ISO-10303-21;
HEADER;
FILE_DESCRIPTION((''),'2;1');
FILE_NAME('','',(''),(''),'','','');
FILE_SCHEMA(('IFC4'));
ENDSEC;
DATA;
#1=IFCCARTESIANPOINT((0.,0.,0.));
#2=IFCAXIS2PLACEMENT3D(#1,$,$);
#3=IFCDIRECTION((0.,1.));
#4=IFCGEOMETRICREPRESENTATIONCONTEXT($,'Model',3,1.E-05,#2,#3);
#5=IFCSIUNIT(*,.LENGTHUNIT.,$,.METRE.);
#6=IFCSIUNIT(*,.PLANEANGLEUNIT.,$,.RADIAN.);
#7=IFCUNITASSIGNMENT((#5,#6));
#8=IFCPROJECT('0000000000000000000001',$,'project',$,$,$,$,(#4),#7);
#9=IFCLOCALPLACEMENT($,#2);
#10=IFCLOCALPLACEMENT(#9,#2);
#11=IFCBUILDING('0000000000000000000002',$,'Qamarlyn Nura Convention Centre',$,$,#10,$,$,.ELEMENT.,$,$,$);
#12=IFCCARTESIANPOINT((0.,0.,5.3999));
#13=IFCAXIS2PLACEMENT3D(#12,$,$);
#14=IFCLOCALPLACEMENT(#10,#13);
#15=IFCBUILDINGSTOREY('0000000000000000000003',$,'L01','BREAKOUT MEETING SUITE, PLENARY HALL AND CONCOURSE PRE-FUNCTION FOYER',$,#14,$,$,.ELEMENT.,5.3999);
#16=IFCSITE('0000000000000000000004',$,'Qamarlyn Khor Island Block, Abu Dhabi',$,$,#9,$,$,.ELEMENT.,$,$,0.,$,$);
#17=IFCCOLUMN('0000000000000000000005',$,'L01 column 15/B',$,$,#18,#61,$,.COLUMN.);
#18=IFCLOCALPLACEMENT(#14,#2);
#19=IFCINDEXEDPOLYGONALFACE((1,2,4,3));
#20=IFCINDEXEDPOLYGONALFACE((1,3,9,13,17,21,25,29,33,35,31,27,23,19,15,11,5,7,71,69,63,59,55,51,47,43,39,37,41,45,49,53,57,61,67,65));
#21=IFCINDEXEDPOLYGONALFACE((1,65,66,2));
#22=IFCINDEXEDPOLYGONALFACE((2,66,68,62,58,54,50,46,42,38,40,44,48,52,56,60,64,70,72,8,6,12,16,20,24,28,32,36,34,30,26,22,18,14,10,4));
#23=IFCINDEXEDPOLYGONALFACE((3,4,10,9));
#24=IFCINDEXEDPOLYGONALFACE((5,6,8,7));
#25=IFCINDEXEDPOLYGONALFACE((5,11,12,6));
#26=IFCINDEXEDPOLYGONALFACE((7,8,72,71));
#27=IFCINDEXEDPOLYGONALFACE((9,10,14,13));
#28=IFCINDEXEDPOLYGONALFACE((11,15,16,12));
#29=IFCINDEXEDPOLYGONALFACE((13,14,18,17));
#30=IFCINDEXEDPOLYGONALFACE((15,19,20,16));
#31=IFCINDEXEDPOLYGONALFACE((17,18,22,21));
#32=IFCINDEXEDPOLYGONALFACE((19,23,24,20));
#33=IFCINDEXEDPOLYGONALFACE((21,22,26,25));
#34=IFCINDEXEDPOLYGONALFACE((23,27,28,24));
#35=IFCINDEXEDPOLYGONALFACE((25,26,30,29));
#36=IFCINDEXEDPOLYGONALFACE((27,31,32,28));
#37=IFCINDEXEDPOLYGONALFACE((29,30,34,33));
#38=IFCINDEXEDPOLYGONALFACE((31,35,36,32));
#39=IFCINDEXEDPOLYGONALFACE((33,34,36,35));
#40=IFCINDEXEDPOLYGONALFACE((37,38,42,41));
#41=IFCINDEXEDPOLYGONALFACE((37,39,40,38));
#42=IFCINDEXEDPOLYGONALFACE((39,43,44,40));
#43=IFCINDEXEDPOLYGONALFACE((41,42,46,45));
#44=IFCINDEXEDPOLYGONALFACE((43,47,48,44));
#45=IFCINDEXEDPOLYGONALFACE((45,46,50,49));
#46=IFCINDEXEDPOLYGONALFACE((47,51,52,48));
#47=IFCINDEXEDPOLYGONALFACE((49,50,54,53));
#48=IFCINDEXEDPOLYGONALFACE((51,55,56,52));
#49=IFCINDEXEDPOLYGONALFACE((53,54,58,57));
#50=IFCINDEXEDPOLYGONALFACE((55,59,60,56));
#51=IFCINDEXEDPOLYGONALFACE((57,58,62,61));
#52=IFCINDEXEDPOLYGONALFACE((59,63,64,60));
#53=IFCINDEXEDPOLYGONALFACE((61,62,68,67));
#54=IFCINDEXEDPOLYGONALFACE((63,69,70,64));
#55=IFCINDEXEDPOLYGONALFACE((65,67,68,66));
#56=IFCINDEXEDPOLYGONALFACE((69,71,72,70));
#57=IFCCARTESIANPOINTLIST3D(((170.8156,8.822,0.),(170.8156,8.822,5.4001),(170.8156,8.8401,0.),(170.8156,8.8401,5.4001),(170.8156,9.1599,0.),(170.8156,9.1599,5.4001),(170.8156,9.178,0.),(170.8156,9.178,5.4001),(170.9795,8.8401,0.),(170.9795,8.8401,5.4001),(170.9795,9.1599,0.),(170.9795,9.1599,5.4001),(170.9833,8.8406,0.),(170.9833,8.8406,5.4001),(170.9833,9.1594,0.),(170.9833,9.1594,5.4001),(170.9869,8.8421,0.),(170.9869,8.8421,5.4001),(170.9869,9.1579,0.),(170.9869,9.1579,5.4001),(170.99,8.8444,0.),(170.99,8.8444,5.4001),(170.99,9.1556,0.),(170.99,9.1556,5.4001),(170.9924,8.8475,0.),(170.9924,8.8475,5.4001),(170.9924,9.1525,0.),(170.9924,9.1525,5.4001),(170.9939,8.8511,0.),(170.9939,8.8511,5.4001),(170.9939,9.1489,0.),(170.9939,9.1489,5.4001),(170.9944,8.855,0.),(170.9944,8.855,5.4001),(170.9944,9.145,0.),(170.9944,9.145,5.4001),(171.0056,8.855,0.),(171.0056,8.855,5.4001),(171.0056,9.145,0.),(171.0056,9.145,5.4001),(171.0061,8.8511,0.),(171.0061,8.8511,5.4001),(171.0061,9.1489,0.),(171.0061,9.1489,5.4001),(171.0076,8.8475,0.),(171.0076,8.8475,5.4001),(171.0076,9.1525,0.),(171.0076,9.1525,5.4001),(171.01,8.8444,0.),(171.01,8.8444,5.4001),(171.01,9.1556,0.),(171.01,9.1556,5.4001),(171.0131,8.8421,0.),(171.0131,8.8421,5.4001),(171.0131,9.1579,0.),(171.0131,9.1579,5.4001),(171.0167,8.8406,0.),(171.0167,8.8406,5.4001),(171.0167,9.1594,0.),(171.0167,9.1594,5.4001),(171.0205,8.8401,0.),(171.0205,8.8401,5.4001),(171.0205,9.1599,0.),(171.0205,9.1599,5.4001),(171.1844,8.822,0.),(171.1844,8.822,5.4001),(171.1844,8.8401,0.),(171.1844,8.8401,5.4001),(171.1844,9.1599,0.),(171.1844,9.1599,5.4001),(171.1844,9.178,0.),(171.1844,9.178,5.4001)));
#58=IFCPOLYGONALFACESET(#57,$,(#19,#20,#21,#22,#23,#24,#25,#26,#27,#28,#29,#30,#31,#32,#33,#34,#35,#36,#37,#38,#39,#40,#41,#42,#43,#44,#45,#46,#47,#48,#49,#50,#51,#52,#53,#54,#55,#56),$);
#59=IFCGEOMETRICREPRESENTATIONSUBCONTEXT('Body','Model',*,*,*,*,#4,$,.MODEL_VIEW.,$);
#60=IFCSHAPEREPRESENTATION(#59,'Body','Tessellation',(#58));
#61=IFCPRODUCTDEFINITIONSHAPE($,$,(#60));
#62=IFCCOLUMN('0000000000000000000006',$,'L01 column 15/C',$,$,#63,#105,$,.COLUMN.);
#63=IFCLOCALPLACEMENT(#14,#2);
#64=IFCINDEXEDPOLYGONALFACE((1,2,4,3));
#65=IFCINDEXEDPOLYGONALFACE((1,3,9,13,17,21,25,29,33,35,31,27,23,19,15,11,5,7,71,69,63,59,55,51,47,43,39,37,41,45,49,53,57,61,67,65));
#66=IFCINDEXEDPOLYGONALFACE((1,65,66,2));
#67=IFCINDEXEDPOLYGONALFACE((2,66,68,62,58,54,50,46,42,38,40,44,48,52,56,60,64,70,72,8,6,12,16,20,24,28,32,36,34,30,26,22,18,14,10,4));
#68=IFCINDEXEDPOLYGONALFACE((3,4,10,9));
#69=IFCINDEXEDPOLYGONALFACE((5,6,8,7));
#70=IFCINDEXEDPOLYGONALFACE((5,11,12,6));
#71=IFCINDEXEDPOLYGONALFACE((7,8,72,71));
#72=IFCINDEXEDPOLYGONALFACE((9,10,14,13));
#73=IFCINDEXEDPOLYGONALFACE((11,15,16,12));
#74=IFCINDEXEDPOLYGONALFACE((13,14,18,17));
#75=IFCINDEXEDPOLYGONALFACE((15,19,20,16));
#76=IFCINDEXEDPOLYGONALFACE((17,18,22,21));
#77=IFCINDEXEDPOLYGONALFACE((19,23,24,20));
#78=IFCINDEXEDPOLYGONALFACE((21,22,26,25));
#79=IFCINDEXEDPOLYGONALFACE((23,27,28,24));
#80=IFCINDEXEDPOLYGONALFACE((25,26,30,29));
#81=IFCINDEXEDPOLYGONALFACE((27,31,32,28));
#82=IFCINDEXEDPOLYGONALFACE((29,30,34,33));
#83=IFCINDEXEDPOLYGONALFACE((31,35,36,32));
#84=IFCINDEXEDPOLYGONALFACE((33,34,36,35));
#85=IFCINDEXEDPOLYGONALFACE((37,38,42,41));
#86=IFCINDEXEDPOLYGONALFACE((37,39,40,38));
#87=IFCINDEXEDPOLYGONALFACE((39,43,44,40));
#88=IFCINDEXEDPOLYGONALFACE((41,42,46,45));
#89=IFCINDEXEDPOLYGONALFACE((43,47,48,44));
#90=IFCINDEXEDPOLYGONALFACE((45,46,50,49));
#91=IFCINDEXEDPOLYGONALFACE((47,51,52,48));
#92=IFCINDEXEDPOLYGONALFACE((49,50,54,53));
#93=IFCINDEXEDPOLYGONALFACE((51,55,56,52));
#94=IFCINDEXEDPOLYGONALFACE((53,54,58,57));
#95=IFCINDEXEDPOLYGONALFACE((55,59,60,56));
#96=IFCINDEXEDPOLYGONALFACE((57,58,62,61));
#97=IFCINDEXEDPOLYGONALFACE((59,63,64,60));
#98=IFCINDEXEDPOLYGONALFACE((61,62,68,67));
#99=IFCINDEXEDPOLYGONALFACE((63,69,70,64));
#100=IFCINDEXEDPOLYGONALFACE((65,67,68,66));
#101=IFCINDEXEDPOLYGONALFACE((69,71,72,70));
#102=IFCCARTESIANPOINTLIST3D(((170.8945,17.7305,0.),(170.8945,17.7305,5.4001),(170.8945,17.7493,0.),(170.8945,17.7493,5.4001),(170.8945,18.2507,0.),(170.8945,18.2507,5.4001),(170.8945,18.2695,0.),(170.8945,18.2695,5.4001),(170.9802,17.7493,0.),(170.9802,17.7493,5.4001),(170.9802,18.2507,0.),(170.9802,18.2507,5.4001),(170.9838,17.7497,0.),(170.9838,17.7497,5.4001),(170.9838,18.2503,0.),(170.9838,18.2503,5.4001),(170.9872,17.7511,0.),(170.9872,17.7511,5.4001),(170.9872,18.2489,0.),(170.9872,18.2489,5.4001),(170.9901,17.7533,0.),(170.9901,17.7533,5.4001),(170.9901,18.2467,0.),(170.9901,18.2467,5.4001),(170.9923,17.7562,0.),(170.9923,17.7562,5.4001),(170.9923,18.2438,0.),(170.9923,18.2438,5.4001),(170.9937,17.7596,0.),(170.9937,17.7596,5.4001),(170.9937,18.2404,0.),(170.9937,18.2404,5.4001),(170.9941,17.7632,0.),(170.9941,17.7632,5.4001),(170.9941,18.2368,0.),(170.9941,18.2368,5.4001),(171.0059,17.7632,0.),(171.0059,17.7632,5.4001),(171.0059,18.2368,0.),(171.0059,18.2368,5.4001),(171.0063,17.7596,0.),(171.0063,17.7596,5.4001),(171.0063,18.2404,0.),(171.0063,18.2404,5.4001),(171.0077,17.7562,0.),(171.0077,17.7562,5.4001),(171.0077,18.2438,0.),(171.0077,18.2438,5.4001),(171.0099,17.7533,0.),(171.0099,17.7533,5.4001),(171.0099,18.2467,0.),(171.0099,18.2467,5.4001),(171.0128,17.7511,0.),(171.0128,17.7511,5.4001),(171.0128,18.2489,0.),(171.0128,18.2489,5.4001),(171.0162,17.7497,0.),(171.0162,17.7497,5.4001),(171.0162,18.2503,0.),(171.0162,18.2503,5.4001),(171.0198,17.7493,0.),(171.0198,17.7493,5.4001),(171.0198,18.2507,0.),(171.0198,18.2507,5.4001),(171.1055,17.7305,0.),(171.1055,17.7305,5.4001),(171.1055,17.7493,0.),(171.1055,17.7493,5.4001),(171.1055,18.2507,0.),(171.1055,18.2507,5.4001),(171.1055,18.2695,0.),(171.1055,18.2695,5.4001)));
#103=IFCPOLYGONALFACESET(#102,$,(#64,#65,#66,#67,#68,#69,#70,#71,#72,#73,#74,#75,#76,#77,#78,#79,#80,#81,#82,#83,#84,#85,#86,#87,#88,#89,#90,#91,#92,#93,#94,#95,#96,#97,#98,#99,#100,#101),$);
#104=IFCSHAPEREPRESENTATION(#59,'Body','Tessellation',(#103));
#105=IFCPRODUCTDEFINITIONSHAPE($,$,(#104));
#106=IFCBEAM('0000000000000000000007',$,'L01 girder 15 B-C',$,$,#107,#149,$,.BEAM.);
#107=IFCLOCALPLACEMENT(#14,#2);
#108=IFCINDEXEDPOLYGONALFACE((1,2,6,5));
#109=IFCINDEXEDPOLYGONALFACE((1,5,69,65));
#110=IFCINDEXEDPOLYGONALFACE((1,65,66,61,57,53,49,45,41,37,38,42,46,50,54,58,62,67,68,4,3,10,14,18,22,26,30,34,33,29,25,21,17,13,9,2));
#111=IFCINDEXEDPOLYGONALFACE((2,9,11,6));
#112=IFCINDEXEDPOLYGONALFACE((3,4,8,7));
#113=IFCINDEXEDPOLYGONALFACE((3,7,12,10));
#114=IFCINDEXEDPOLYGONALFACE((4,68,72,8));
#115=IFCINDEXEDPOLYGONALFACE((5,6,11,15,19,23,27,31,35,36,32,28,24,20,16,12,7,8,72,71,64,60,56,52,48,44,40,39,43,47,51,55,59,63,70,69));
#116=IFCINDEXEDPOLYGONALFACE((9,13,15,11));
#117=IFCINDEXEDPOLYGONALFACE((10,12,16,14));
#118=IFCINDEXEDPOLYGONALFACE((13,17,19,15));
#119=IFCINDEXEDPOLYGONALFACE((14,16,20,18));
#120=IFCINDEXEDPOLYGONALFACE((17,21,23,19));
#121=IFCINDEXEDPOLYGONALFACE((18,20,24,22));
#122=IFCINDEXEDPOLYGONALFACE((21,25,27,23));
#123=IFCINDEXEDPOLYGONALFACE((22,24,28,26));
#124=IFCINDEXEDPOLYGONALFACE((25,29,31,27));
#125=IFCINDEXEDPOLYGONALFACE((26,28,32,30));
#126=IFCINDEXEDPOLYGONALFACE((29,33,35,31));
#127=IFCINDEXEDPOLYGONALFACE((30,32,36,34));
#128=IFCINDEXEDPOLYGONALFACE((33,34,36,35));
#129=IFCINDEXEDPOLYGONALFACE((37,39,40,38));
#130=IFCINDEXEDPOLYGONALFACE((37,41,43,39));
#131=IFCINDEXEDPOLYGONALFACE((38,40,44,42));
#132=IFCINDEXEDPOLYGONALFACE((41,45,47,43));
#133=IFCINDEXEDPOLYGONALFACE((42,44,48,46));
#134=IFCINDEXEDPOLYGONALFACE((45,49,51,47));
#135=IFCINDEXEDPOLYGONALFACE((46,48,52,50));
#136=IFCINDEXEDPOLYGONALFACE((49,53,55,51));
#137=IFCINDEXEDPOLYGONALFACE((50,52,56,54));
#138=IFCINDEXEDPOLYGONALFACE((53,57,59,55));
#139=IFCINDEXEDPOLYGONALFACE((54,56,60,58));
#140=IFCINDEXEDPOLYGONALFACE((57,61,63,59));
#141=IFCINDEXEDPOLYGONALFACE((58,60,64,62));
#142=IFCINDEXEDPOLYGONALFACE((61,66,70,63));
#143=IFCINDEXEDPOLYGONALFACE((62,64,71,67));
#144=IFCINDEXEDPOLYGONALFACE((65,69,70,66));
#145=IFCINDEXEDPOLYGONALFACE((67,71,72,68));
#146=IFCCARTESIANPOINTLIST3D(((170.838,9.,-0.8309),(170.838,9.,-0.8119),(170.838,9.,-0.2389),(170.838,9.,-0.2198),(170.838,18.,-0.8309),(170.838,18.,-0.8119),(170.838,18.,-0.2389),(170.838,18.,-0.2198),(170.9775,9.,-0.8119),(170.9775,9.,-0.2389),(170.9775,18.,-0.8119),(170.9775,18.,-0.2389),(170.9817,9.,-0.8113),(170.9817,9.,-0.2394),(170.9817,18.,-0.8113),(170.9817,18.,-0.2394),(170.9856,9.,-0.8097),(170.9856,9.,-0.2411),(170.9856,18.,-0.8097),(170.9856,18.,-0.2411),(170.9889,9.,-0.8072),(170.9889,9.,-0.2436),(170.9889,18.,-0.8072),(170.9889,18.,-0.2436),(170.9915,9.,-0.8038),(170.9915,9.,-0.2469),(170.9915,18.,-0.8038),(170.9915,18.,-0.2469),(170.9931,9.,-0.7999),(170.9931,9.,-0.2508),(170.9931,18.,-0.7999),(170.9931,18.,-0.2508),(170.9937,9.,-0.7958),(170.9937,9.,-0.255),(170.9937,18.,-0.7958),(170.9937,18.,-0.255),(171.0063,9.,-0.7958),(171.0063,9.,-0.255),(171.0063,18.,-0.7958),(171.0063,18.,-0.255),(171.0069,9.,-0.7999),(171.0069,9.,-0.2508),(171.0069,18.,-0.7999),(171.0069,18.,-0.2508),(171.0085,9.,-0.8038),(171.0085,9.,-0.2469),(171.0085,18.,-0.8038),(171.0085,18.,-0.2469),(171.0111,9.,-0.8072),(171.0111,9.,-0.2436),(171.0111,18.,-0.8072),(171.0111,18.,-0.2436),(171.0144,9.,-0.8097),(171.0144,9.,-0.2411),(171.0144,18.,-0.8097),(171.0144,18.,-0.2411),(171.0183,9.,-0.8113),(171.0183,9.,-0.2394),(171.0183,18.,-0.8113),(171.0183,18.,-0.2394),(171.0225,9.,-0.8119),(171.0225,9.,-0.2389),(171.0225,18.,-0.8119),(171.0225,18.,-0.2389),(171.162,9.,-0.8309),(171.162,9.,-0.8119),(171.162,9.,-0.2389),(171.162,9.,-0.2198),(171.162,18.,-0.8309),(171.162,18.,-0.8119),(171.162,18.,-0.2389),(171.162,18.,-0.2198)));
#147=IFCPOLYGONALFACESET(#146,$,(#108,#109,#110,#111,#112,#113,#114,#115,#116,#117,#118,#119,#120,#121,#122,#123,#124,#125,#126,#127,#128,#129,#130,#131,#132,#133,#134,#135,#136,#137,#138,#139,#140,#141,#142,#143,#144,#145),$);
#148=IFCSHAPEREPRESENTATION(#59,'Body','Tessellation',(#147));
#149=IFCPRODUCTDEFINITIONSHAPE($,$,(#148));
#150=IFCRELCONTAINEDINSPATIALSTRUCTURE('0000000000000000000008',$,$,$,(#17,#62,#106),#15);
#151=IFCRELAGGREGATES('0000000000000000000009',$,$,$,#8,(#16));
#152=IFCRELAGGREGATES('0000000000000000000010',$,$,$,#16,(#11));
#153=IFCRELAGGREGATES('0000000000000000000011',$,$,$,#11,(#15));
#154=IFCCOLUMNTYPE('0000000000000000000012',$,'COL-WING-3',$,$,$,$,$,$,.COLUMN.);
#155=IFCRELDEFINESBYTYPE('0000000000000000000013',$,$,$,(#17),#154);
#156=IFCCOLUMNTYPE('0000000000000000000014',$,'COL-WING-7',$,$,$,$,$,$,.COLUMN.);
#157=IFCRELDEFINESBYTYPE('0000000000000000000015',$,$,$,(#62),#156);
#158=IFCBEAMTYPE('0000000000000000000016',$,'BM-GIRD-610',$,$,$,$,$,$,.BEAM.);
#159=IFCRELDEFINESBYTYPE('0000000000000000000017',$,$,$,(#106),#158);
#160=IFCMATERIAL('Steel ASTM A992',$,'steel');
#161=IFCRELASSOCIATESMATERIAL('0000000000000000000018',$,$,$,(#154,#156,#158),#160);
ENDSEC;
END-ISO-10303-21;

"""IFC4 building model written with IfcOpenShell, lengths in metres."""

from ifc_helpers import new_model, si_unit, direction, frame, origin, origin_2d, place, context, subcontext, project, spatial, i_section, extrude, material, material_profile, profile_set, type_object, element, save


model = new_model("IFC4")

# Units and contexts
model_context = context("Model", 3, precision=1e-05, world=origin(), true_north=direction((0.0, 1.0)))
body_context = subcontext(model_context, "Body", "Model", "MODEL_VIEW")
ifc_project = project(units=[si_unit("LENGTHUNIT", "METRE"), si_unit("PLANEANGLEUNIT", "RADIAN")], contexts=[model_context])

# Site, building, storey
site_placement = place(None, origin())
site = spatial("IfcSite", under=ifc_project, at=site_placement, Name="Qamarlyn Khor Island Block, Abu Dhabi", CompositionType="ELEMENT", RefElevation=0.0)
building_placement = place(site_placement, origin())
building = spatial("IfcBuilding", under=site, at=building_placement, Name="Qamarlyn Nura Convention Centre", CompositionType="ELEMENT")
storey_placement = place(building_placement, frame((0.0, 0.0, 5.3999)))
storey = spatial("IfcBuildingStorey", under=building, at=storey_placement, Name="L01", Description="BREAKOUT MEETING SUITE, PLENARY HALL AND CONCOURSE PRE-FUNCTION FOYER", CompositionType="ELEMENT", Elevation=5.3999)

# Columns
ifc_material_1 = material(Name="Steel ASTM A992", Category="steel")
ifc_material_profile_1 = material_profile(ifc_material_1, i_section(OverallWidth=0.3689, OverallDepth=0.356, WebThickness=0.0112, FlangeThickness=0.0181, FilletRadius=0.0149, at=origin_2d()), Name="W360X134")
ifc_profile_set_1 = profile_set([ifc_material_profile_1], Name="Steel ASTM A992")
column_type_1 = type_object("IfcColumnType", Name="COL-WING-3", PredefinedType="COLUMN", material=ifc_profile_set_1)
column_1_placement = place(storey_placement, frame((171.0, 9.0, 0.0), z_axis=(0.0, 0.0, 1.0), x_axis=(1.0, 0.0, 0.0)))
element("IfcColumn", 1, at=column_1_placement, inside=storey, type_object=column_type_1, Name="L01 column 15/B", PredefinedType="COLUMN", context=body_context, shape_type="SweptSolid", body=[
    extrude(i_section(OverallWidth=0.3689, OverallDepth=0.356, WebThickness=0.0112, FlangeThickness=0.0181, FilletRadius=0.0149, at=origin_2d()), origin(), (0.0, 0.0, 1.0), 5.4001),
])
ifc_material_profile_2 = material_profile(ifc_material_1, i_section(OverallWidth=0.2109, OverallDepth=0.5391, WebThickness=0.0117, FlangeThickness=0.0188, FilletRadius=0.0139, at=origin_2d()), Name="W530X109")
ifc_profile_set_2 = profile_set([ifc_material_profile_2], Name="Steel ASTM A992")
column_type_2 = type_object("IfcColumnType", Name="COL-WING-7", PredefinedType="COLUMN", material=ifc_profile_set_2)
column_2_placement = place(storey_placement, frame((171.0, 18.0, 0.0), z_axis=(0.0, 0.0, 1.0), x_axis=(1.0, 0.0, 0.0)))
element("IfcColumn", 2, at=column_2_placement, inside=storey, type_object=column_type_2, Name="L01 column 15/C", PredefinedType="COLUMN", context=body_context, shape_type="SweptSolid", body=[
    extrude(i_section(OverallWidth=0.2109, OverallDepth=0.5391, WebThickness=0.0117, FlangeThickness=0.0188, FilletRadius=0.0139, at=origin_2d()), origin(), (0.0, 0.0, 1.0), 5.4001),
])

# Beam
ifc_material_profile_3 = material_profile(ifc_material_1, i_section(OverallWidth=0.324, OverallDepth=0.6111, WebThickness=0.0127, FlangeThickness=0.019, FilletRadius=0.0161, at=origin_2d()), Name="W610X155")
ifc_profile_set_3 = profile_set([ifc_material_profile_3], Name="Steel ASTM A992")
beam_type_1 = type_object("IfcBeamType", Name="BM-GIRD-610", PredefinedType="BEAM", material=ifc_profile_set_3)
beam_1_placement = place(storey_placement, frame((171.0, 9.0, -0.5254), z_axis=(0.0, 1.0, 0.0), x_axis=(-1.0, 0.0, 0.0)))
element("IfcBeam", 3, at=beam_1_placement, inside=storey, type_object=beam_type_1, Name="L01 girder 15 B-C", PredefinedType="BEAM", context=body_context, shape_type="SweptSolid", body=[
    extrude(i_section(OverallWidth=0.324, OverallDepth=0.6111, WebThickness=0.0127, FlangeThickness=0.019, FilletRadius=0.0161, at=origin_2d()), origin(), (0.0, 0.0, 1.0), 9.0),
])

save(model, "model.ifc")
